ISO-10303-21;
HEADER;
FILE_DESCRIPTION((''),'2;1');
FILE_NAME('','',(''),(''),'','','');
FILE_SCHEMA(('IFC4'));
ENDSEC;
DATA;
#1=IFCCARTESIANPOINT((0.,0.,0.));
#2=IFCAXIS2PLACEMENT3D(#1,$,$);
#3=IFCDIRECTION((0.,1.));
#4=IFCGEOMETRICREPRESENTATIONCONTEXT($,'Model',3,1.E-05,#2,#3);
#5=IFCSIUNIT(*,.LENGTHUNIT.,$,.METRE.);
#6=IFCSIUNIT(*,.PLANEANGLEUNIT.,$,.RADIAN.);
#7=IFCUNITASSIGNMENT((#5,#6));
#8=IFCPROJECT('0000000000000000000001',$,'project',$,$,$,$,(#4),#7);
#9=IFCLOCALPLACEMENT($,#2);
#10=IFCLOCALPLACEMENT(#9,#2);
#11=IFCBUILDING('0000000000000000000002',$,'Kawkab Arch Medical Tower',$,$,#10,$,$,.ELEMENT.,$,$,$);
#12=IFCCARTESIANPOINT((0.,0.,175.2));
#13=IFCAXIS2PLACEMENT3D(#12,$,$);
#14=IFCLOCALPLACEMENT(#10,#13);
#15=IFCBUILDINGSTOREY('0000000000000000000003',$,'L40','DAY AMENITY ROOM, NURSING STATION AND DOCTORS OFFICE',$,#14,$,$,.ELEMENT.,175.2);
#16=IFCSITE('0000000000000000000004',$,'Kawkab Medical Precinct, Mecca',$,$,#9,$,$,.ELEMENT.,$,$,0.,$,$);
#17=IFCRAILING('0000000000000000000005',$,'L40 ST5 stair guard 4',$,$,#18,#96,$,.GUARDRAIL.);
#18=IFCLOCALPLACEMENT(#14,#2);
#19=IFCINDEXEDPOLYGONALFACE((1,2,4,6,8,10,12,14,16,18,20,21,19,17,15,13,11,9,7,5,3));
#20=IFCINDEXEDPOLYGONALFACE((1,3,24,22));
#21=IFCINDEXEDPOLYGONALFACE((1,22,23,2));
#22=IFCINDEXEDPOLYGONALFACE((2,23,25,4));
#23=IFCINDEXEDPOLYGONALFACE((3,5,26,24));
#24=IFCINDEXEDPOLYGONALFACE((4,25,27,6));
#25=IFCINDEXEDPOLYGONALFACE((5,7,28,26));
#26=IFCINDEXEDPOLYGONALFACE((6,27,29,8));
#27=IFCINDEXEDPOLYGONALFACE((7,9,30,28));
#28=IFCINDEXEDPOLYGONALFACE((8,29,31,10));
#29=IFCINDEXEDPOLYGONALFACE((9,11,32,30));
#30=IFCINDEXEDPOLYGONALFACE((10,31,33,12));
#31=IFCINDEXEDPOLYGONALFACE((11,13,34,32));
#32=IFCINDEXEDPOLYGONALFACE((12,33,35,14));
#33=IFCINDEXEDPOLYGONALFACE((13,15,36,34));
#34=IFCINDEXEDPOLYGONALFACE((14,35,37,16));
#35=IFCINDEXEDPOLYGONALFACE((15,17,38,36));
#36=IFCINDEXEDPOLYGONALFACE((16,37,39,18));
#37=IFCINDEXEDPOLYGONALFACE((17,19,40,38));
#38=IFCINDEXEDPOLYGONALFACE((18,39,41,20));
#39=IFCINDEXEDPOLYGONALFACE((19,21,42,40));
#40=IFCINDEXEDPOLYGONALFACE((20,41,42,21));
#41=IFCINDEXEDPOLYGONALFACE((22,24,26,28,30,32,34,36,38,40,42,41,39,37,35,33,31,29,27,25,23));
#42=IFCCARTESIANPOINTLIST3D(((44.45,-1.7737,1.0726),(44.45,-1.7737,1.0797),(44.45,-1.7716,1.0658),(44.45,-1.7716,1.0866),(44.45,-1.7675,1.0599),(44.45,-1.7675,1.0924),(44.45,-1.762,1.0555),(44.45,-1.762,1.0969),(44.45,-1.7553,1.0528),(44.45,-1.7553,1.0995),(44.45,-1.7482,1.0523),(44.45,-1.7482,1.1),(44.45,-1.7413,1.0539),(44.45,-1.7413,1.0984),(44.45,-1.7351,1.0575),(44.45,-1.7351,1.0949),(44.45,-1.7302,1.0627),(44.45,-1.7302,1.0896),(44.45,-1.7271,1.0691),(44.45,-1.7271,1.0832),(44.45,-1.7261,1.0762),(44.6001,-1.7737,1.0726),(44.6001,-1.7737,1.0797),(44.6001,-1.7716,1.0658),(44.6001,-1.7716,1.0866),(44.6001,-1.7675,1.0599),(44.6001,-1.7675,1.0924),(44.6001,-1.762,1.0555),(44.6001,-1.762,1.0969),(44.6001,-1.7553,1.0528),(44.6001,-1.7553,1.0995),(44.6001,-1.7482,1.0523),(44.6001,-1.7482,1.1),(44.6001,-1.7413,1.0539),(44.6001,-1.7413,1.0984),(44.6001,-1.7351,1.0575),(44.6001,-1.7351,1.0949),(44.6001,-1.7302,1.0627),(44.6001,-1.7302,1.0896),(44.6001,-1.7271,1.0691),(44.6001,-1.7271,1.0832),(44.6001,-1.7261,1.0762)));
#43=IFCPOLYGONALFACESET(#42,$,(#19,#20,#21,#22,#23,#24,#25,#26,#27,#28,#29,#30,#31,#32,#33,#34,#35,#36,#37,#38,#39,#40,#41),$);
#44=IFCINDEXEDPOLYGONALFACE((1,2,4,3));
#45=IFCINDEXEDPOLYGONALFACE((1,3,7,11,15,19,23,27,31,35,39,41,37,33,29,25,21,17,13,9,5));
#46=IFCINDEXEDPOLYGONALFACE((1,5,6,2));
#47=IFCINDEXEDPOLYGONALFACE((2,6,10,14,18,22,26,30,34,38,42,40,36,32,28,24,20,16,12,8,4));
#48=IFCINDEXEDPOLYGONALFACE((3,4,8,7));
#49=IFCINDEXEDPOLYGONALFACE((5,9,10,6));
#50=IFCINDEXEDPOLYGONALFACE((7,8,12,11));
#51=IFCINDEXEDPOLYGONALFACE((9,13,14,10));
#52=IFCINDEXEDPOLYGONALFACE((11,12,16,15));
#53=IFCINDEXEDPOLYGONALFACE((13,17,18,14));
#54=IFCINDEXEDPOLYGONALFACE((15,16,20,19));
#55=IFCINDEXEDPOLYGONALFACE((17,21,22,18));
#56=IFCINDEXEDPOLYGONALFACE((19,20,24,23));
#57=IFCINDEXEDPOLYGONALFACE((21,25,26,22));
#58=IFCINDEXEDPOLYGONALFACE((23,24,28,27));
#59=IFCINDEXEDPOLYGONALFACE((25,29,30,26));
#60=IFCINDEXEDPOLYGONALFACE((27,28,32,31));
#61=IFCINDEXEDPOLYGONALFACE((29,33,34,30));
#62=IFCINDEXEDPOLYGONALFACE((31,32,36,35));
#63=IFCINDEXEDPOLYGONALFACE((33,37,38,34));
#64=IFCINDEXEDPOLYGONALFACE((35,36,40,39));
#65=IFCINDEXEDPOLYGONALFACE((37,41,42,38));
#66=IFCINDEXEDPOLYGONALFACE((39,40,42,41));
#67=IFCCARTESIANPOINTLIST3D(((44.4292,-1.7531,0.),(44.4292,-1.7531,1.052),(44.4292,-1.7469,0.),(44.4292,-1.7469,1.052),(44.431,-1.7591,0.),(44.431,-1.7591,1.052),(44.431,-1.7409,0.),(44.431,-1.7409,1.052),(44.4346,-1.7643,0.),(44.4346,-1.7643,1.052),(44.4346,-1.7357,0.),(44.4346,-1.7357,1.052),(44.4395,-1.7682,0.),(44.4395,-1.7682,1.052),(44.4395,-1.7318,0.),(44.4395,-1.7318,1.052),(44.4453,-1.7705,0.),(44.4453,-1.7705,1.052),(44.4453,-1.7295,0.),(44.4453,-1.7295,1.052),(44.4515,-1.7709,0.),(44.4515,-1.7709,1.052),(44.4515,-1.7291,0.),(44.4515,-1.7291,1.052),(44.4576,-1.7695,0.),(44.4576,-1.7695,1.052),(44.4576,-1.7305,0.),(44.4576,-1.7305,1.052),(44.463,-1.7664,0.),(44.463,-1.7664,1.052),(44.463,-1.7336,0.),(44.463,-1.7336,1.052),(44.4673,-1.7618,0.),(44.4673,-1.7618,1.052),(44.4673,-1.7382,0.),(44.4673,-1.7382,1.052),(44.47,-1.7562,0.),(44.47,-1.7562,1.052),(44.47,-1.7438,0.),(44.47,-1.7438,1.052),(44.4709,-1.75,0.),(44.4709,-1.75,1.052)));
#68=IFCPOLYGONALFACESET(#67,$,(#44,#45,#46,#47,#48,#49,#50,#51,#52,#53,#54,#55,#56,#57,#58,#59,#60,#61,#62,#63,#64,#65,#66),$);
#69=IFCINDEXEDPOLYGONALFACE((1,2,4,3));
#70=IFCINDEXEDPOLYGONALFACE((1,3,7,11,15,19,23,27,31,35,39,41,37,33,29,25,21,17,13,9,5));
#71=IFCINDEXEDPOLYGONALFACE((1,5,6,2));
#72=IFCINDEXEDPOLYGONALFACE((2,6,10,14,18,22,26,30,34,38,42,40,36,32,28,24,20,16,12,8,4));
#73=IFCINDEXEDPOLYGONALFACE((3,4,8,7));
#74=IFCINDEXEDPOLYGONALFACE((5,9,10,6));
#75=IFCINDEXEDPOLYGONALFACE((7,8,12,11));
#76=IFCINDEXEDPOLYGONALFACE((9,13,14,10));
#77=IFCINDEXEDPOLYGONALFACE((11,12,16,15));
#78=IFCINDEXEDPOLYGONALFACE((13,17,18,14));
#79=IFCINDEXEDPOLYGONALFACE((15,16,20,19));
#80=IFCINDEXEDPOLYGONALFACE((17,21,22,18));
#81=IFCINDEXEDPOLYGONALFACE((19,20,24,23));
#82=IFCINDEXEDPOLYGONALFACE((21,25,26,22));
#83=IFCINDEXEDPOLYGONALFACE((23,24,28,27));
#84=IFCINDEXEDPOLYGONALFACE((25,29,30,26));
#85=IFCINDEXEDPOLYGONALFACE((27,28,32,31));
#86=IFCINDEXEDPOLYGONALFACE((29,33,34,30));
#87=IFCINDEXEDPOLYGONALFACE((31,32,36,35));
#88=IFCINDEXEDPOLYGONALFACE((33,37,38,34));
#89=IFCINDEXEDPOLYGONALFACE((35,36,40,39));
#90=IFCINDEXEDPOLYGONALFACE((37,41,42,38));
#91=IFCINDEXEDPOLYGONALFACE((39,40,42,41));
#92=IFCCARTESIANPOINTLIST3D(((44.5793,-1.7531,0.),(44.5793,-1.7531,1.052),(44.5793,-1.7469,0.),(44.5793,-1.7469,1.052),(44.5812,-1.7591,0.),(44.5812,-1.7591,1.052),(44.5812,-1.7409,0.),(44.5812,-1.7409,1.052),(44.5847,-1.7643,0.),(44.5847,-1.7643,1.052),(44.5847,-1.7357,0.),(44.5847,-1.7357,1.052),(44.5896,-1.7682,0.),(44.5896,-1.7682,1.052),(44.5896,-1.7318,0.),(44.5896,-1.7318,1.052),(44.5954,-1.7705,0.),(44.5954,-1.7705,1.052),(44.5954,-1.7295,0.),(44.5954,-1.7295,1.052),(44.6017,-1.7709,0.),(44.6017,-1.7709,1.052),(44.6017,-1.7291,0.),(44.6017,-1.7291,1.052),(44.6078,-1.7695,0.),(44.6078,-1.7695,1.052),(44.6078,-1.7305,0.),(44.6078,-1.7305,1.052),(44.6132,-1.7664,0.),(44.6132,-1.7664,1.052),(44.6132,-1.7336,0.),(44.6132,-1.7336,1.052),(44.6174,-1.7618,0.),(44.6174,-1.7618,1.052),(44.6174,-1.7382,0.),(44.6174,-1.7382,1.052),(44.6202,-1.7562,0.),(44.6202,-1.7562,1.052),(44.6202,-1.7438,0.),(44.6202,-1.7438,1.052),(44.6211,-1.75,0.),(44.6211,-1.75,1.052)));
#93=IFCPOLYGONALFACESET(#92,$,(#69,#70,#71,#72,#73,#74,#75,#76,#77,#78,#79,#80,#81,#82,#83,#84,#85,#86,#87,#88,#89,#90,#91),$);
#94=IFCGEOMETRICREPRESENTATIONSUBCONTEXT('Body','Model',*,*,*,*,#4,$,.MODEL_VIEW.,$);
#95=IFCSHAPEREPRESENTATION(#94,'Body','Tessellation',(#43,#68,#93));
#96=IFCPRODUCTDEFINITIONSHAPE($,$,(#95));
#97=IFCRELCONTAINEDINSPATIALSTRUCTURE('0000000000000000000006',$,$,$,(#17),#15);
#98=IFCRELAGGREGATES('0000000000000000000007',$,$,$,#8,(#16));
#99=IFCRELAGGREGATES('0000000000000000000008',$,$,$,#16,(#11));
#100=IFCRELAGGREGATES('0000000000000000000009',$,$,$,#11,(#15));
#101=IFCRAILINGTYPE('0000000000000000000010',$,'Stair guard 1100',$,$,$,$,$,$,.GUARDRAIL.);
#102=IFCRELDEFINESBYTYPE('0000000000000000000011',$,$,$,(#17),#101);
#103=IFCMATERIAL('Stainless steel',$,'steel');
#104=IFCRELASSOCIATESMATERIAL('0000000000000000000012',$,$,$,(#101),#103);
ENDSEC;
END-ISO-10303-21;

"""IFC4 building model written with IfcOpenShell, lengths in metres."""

from ifc_helpers import new_model, si_unit, direction, frame, origin, origin_2d, place, context, subcontext, project, spatial, circle, extrude, material, type_object, element, save


model = new_model("IFC4")

# Units and contexts
model_context = context("Model", 3, precision=1e-05, world=origin(), true_north=direction((0.0, 1.0)))
body_context = subcontext(model_context, "Body", "Model", "MODEL_VIEW")
ifc_project = project(units=[si_unit("LENGTHUNIT", "METRE"), si_unit("PLANEANGLEUNIT", "RADIAN")], contexts=[model_context])

# Site, building, storey
site_placement = place(None, origin())
site = spatial("IfcSite", under=ifc_project, at=site_placement, Name="Kawkab Medical Precinct, Mecca", CompositionType="ELEMENT", RefElevation=0.0)
building_placement = place(site_placement, origin())
building = spatial("IfcBuilding", under=site, at=building_placement, Name="Kawkab Arch Medical Tower", CompositionType="ELEMENT")
storey_placement = place(building_placement, frame((0.0, 0.0, 175.2)))
storey = spatial("IfcBuildingStorey", under=building, at=storey_placement, Name="L40", Description="DAY AMENITY ROOM, NURSING STATION AND DOCTORS OFFICE", CompositionType="ELEMENT", Elevation=175.2)

# Railing
ifc_material_1 = material(Name="Stainless steel", Category="steel")
railing_type_1 = type_object("IfcRailingType", Name="Stair guard 1100", PredefinedType="GUARDRAIL", material=ifc_material_1)
railing_1_placement = place(storey_placement, frame((44.45, -1.75, 0.0)))
element("IfcRailing", 1, at=railing_1_placement, inside=storey, type_object=railing_type_1, Name="L40 ST5 stair guard 4", PredefinedType="GUARDRAIL", context=body_context, shape_type="SweptSolid", body=[
    extrude(circle(Radius=0.0239, at=origin_2d()), frame((0.0, 0.0, 1.0762), z_axis=(1.0, 0.0, 0.0), x_axis=(0.0, 1.0, 0.0)), (0.0, 0.0, 1.0), 0.1501),
    extrude(circle(Radius=0.021, at=origin_2d()), origin(), (0.0, 0.0, 1.0), 1.052),
    extrude(circle(Radius=0.021, at=origin_2d()), frame((0.1501, 0.0, 0.0)), (0.0, 0.0, 1.0), 1.052),
])

save(model, "model.ifc")
